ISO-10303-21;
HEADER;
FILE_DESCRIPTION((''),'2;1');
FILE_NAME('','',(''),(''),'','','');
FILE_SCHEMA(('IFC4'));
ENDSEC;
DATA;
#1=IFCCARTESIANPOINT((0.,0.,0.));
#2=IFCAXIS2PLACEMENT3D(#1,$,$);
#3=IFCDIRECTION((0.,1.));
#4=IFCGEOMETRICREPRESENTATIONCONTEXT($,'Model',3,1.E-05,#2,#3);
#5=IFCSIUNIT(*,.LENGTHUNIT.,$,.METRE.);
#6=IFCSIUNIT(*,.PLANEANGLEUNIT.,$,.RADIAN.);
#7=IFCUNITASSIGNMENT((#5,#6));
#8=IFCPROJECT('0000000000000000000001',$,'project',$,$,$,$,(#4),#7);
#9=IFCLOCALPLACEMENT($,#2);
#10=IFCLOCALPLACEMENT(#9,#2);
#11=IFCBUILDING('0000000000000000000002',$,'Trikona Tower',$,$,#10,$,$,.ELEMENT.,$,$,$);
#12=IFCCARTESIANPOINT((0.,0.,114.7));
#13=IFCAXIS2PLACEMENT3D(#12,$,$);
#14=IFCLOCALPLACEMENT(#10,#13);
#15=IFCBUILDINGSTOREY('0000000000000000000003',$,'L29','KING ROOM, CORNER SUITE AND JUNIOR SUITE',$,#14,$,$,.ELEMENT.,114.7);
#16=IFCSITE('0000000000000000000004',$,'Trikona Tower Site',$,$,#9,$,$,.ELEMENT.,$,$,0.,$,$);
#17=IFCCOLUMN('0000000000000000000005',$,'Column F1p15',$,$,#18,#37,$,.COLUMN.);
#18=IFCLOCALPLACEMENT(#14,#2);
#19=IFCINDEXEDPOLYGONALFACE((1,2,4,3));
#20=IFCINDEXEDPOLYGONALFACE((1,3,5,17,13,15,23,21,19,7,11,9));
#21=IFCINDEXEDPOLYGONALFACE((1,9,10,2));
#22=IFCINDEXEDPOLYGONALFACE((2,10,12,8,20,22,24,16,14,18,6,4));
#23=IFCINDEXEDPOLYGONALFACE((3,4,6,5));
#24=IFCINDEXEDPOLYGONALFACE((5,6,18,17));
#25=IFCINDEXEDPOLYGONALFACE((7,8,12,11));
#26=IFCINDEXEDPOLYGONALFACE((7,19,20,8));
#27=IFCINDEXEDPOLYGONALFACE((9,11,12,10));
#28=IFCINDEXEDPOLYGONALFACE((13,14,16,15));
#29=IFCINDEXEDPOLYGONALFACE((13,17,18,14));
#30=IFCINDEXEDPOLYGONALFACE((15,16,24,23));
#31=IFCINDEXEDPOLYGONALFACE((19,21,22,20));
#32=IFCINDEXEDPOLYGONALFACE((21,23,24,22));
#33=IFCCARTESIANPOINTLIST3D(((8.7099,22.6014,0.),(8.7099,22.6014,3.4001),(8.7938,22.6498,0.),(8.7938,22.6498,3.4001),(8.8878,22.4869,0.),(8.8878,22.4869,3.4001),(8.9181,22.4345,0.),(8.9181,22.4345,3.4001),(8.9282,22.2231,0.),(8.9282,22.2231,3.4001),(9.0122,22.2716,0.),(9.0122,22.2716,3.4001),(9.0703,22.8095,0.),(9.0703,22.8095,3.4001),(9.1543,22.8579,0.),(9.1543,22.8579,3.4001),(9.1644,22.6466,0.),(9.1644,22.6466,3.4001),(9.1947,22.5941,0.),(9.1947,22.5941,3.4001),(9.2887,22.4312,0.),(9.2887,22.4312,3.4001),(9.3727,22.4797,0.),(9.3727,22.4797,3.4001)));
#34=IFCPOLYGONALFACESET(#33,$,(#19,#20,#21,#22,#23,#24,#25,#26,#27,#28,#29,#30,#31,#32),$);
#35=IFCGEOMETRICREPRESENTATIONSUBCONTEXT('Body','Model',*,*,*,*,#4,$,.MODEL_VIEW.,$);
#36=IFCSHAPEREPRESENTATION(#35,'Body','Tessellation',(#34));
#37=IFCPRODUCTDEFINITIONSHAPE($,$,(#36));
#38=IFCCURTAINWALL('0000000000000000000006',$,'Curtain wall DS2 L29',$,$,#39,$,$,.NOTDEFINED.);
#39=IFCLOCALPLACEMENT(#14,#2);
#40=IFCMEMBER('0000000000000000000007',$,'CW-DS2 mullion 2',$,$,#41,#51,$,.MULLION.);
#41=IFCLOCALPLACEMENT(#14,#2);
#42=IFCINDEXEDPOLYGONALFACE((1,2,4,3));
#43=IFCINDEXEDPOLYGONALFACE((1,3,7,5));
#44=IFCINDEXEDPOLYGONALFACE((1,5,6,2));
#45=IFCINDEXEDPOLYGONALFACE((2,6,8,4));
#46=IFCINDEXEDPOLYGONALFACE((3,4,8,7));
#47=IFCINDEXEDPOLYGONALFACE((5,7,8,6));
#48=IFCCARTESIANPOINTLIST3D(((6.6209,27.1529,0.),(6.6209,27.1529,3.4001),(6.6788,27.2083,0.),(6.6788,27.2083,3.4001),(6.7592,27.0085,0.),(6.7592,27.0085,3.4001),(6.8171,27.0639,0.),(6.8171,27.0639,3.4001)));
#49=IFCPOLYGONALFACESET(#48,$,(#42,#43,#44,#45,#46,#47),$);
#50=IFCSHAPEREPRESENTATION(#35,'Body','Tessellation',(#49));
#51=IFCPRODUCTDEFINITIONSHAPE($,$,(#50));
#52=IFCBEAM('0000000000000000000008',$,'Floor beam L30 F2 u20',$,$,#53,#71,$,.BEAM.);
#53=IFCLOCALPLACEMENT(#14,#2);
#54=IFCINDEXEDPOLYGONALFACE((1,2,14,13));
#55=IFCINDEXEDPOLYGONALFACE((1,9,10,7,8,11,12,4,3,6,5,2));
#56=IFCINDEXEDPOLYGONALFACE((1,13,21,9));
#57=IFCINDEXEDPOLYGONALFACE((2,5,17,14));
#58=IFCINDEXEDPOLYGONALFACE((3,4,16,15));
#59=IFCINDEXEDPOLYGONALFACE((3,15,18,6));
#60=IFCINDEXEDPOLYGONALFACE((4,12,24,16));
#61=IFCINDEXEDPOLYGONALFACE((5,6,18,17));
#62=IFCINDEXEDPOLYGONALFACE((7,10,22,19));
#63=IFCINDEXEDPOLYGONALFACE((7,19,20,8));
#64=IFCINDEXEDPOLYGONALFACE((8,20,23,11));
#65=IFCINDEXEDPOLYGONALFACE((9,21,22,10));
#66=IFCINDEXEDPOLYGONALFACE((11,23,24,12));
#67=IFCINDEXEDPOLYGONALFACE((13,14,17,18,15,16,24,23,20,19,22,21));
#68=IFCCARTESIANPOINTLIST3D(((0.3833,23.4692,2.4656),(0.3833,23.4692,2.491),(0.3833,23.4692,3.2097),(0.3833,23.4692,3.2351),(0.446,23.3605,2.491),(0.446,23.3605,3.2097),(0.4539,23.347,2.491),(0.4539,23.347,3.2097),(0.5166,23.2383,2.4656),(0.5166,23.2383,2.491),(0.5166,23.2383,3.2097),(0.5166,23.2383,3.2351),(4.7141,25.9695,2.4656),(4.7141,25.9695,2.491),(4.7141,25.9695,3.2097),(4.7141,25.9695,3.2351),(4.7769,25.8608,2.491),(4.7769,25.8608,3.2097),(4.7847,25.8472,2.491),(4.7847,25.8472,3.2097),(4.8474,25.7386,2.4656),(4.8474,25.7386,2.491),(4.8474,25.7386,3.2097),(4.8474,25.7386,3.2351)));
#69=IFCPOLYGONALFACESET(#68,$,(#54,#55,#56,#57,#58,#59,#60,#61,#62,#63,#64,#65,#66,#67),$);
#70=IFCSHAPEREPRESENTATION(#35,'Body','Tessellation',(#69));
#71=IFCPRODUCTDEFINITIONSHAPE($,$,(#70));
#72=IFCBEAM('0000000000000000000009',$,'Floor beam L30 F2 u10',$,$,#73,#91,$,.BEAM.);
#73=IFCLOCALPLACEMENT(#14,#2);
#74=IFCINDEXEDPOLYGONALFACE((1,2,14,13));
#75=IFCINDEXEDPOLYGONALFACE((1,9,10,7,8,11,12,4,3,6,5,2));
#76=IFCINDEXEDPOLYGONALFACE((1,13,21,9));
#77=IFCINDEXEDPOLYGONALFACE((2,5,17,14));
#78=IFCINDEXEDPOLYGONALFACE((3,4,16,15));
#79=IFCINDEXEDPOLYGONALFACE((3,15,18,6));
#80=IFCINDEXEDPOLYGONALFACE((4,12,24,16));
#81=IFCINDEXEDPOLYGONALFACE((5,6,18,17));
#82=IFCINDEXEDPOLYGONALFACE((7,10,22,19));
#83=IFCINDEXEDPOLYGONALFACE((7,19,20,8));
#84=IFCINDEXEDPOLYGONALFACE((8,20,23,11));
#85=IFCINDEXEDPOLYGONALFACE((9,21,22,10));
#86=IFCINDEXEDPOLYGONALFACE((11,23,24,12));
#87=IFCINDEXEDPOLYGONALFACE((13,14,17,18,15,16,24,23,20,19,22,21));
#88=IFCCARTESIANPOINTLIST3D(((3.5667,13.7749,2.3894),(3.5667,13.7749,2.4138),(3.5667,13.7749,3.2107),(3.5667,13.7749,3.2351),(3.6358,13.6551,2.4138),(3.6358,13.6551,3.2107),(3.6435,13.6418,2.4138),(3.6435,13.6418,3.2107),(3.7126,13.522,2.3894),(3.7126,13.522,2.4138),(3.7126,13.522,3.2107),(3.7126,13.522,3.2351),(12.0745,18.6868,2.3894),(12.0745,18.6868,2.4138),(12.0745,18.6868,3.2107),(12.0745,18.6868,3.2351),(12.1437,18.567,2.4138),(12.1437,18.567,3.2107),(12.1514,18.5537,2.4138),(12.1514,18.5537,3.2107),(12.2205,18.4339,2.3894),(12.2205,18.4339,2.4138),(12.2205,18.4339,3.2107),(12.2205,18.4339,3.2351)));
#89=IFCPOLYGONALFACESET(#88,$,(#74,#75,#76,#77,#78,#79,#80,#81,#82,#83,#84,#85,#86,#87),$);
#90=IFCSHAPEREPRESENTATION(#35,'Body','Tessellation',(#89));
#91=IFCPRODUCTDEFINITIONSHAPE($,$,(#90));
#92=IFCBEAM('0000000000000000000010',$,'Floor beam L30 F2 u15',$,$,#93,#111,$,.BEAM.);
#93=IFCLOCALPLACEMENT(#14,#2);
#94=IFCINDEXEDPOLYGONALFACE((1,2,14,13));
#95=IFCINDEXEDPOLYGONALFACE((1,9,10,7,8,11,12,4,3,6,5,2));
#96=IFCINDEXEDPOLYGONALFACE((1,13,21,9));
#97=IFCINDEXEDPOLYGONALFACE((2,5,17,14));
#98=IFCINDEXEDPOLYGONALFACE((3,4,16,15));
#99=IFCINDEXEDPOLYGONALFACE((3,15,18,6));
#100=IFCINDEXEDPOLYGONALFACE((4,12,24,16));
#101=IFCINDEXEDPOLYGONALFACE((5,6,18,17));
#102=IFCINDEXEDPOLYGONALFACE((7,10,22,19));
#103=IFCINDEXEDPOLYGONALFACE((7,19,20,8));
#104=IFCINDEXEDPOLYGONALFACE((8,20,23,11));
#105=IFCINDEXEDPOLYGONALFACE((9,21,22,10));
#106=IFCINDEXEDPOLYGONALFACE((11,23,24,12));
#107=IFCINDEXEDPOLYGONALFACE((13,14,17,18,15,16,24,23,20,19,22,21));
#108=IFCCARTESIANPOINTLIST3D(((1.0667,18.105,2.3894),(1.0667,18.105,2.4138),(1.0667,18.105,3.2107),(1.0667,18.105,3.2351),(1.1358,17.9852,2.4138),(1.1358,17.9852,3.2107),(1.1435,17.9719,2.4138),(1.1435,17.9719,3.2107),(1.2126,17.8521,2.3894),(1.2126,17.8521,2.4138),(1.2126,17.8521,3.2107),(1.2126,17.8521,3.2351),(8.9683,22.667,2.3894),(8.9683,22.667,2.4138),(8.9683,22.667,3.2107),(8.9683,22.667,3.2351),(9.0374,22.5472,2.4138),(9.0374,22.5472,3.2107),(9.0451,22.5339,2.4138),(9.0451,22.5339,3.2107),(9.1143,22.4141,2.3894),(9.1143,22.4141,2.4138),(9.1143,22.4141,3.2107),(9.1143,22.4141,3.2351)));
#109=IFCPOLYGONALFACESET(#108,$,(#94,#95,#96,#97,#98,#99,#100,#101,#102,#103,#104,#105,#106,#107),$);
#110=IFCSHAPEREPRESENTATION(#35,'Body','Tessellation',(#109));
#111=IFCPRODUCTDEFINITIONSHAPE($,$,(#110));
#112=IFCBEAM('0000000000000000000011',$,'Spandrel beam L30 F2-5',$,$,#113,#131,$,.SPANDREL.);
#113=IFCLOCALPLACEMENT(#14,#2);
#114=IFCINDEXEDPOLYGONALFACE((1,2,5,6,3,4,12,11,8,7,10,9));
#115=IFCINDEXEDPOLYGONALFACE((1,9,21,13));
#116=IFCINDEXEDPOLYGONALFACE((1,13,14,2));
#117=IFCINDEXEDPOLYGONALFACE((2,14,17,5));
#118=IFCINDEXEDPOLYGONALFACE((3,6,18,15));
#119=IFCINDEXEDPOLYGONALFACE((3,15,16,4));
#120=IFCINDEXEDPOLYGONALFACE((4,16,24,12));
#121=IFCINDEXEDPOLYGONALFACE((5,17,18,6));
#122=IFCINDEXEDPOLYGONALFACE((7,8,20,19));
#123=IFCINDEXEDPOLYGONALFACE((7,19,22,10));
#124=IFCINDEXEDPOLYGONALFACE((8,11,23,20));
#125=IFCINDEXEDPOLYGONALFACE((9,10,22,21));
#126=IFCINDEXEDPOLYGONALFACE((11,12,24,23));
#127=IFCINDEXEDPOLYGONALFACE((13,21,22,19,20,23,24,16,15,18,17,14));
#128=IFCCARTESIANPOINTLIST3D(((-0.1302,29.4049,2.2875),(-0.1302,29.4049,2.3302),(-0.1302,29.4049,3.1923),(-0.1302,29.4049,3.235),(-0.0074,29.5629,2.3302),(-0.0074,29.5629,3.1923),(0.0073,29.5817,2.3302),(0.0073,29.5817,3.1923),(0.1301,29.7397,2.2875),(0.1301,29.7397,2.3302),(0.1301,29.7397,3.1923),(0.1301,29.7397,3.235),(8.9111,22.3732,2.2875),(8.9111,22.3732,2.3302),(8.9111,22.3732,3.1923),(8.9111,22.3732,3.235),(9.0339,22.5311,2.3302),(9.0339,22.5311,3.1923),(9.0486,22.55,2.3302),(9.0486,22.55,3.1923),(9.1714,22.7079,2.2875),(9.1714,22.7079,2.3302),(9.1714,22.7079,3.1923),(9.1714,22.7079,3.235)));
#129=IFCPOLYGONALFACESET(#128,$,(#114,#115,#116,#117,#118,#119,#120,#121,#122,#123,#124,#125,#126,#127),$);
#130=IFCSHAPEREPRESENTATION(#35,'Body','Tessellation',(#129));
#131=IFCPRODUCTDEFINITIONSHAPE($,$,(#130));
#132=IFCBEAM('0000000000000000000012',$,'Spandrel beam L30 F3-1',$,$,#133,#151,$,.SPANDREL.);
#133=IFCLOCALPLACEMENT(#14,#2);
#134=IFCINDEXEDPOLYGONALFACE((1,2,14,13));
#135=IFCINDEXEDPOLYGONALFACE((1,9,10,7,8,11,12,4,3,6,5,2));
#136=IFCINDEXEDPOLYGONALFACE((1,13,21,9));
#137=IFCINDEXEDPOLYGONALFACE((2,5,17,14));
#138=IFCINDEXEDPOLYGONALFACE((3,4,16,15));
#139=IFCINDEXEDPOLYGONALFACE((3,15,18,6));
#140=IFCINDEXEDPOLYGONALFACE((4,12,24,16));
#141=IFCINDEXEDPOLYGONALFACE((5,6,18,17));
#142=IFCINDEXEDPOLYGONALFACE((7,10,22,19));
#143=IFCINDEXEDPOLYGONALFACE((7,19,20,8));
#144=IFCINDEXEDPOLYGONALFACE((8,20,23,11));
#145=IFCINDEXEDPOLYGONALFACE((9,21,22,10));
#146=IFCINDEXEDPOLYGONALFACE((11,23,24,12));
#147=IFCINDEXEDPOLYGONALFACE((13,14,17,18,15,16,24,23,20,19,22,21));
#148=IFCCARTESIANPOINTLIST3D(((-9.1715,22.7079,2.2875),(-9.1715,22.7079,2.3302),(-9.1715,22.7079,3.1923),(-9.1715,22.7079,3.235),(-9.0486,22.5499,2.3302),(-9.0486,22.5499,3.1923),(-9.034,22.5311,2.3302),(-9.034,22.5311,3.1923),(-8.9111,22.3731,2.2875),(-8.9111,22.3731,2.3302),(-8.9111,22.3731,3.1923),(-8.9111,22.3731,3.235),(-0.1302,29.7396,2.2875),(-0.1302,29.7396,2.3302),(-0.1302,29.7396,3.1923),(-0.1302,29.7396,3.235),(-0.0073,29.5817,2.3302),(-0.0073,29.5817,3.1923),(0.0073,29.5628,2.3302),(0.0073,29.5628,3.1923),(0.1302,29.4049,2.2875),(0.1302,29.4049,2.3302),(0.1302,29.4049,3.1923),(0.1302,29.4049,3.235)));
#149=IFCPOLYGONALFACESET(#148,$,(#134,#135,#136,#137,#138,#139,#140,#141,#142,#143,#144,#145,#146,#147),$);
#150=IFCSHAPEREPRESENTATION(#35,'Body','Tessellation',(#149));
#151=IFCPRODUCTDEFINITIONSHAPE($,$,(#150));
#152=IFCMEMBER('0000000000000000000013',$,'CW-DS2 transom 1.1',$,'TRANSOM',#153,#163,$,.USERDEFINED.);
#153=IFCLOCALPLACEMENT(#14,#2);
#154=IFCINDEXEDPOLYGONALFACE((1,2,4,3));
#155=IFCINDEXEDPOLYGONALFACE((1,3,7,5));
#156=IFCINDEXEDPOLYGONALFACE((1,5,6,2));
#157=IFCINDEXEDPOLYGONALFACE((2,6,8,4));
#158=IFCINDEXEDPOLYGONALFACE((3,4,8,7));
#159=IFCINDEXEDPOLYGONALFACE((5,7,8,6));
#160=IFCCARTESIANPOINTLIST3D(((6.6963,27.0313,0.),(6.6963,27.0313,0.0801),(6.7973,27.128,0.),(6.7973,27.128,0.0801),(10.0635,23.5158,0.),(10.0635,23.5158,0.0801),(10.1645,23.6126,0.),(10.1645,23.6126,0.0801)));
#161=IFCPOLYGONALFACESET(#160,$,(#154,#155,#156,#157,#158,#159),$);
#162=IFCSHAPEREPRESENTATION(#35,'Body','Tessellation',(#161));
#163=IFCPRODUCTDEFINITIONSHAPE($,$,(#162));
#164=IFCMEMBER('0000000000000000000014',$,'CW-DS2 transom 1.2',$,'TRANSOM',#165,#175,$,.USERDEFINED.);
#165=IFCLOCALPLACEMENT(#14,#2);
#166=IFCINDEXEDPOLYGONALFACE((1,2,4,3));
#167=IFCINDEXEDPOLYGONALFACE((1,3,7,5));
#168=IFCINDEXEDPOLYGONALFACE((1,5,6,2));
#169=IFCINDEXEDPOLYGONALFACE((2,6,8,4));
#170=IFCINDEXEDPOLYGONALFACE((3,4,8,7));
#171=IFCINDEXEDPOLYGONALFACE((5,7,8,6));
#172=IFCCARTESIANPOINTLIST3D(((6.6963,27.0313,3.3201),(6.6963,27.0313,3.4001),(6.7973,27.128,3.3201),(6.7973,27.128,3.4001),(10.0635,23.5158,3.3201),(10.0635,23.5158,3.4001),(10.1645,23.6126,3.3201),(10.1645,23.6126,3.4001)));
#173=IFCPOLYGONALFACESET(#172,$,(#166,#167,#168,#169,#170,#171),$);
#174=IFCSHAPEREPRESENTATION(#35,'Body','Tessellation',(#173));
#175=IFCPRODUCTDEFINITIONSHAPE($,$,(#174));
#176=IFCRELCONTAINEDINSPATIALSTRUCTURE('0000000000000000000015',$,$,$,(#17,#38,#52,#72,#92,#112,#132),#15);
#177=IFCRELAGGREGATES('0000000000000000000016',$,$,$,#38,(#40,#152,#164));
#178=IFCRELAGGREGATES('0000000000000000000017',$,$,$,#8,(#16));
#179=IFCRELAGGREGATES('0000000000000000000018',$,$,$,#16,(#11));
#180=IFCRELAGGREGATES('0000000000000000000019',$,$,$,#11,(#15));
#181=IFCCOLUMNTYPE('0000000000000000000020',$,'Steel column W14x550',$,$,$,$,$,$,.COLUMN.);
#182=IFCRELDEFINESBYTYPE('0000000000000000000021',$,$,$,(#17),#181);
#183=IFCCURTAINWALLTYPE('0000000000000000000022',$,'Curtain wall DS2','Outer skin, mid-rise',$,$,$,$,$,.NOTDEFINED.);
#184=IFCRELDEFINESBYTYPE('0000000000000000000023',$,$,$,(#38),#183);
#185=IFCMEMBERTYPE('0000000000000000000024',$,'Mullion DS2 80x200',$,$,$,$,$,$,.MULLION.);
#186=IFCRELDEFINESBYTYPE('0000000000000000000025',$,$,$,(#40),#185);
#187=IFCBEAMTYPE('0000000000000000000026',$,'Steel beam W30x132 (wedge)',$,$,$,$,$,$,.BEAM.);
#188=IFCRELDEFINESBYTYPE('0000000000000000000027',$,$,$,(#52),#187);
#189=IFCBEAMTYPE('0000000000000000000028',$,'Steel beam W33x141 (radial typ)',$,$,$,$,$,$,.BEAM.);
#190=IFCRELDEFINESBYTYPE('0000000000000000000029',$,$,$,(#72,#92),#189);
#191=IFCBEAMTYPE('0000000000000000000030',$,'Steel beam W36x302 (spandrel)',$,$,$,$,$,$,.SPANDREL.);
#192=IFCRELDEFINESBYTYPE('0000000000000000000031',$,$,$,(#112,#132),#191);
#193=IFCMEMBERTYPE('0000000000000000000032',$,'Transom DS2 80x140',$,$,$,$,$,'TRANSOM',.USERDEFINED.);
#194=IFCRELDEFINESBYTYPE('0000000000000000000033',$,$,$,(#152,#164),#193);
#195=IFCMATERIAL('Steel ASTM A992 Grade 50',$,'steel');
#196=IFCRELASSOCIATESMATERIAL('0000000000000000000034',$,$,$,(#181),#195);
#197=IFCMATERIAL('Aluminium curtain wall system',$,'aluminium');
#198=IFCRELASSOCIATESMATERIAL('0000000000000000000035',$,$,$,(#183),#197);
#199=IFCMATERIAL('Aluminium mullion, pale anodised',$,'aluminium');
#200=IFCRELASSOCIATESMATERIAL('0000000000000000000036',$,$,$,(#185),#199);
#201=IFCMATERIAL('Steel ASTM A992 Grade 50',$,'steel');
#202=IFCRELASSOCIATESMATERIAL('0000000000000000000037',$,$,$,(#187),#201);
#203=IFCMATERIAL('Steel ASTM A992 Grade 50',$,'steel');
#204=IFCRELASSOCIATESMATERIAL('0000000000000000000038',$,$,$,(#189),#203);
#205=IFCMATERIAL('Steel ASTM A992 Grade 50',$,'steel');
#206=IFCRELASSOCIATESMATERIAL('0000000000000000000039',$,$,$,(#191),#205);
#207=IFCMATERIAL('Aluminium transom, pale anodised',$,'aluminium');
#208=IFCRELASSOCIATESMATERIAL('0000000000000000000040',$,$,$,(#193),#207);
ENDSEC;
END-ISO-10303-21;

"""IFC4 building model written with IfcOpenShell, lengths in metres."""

from ifc_helpers import new_model, si_unit, direction, frame, origin, origin_2d, place, context, subcontext, project, spatial, rectangle, i_section, extrude, material, material_profile, profile_set, type_object, element, aggregate, save


model = new_model("IFC4")

# Units and contexts
model_context = context("Model", 3, precision=1e-05, world=origin(), true_north=direction((0.0, 1.0)))
body_context = subcontext(model_context, "Body", "Model", "MODEL_VIEW")
ifc_project = project(units=[si_unit("LENGTHUNIT", "METRE"), si_unit("PLANEANGLEUNIT", "RADIAN")], contexts=[model_context])

# Site, building, storey
site_placement = place(None, origin())
site = spatial("IfcSite", under=ifc_project, at=site_placement, Name="Trikona Tower Site", CompositionType="ELEMENT", RefElevation=0.0)
building_placement = place(site_placement, origin())
building = spatial("IfcBuilding", under=site, at=building_placement, Name="Trikona Tower", CompositionType="ELEMENT")
storey_placement = place(building_placement, frame((0.0, 0.0, 114.7)))
storey = spatial("IfcBuildingStorey", under=building, at=storey_placement, Name="L29", Description="KING ROOM, CORNER SUITE AND JUNIOR SUITE", CompositionType="ELEMENT", Elevation=114.7)

# Column
ifc_material_1 = material(Name="Steel ASTM A992 Grade 50", Category="steel")
ifc_material_profile_1 = material_profile(ifc_material_1, i_section(OverallWidth=0.4368, OverallDepth=0.5132, WebThickness=0.0605, FlangeThickness=0.0969, at=origin_2d()), Name="W14X550")
ifc_profile_set_1 = profile_set([ifc_material_profile_1], Name="Steel ASTM A992 Grade 50")
column_type = type_object("IfcColumnType", Name="Steel column W14x550", PredefinedType="COLUMN", material=ifc_profile_set_1)
column_placement = place(storey_placement, frame((9.0413, 22.5405, 0.0), z_axis=(0.0, 0.0, 1.0), x_axis=(-0.5, 0.866025, 0.0)))
element("IfcColumn", 1, at=column_placement, inside=storey, type_object=column_type, Name="Column F1p15", PredefinedType="COLUMN", context=body_context, shape_type="SweptSolid", body=[
    extrude(i_section(OverallWidth=0.4368, OverallDepth=0.5132, WebThickness=0.0605, FlangeThickness=0.0969, at=origin_2d()), origin(), (0.0, 0.0, 1.0), 3.4001),
])

# Curtain wall, member
ifc_material_2 = material(Name="Aluminium curtain wall system", Category="aluminium")
curtain_wall_type = type_object("IfcCurtainWallType", Name="Curtain wall DS2", Description="Outer skin, mid-rise", PredefinedType="NOTDEFINED", material=ifc_material_2)
curtain_wall_placement = place(storey_placement, origin())
curtain_wall = element("IfcCurtainWall", 2, at=curtain_wall_placement, inside=storey, type_object=curtain_wall_type, Name="Curtain wall DS2 L29", PredefinedType="NOTDEFINED")
ifc_material_3 = material(Name="Aluminium mullion, pale anodised", Category="aluminium")
ifc_material_profile_2 = material_profile(ifc_material_3, rectangle(XDim=0.0801, YDim=0.2, at=origin_2d()), Name="MUL-DS2")
ifc_profile_set_2 = profile_set([ifc_material_profile_2], Name="Aluminium mullion, pale anodised")
member_type_1 = type_object("IfcMemberType", Name="Mullion DS2 80x200", PredefinedType="MULLION", material=ifc_profile_set_2)
member_1_placement = place(storey_placement, frame((6.719, 27.1084, 0.0), z_axis=(0.0, 0.0, 1.0), x_axis=(-0.722158, -0.691728, 0.0)))
member_1 = element("IfcMember", 3, at=member_1_placement, type_object=member_type_1, Name="CW-DS2 mullion 2", PredefinedType="MULLION", context=body_context, shape_type="SweptSolid", body=[
    extrude(rectangle(XDim=0.0801, YDim=0.2, at=origin_2d()), origin(), (0.0, 0.0, 1.0), 3.4001),
])

# Beams
ifc_material_4 = material(Name="Steel ASTM A992 Grade 50", Category="steel")
ifc_material_profile_3 = material_profile(ifc_material_4, i_section(OverallWidth=0.2666, OverallDepth=0.7695, WebThickness=0.0156, FlangeThickness=0.0254, at=origin_2d()), Name="W30X132")
ifc_profile_set_3 = profile_set([ifc_material_profile_3], Name="Steel ASTM A992 Grade 50")
beam_type_1 = type_object("IfcBeamType", Name="Steel beam W30x132 (wedge)", PredefinedType="BEAM", material=ifc_profile_set_3)
beam_1_placement = place(storey_placement, frame((0.45, 23.3538, 2.8503), z_axis=(0.866038, 0.499977, 0.0), x_axis=(-0.499977, 0.866038, 0.0)))
element("IfcBeam", 4, at=beam_1_placement, inside=storey, type_object=beam_type_1, Name="Floor beam L30 F2 u20", PredefinedType="BEAM", context=body_context, shape_type="SweptSolid", body=[
    extrude(i_section(OverallWidth=0.2666, OverallDepth=0.7695, WebThickness=0.0156, FlangeThickness=0.0254, at=origin_2d()), origin(), (0.0, 0.0, 1.0), 5.0007),
])
ifc_material_5 = material(Name="Steel ASTM A992 Grade 50", Category="steel")
ifc_material_profile_4 = material_profile(ifc_material_5, i_section(OverallWidth=0.292, OverallDepth=0.8457, WebThickness=0.0154, FlangeThickness=0.0244, at=origin_2d()), Name="W33X141")
ifc_profile_set_4 = profile_set([ifc_material_profile_4], Name="Steel ASTM A992 Grade 50")
beam_type_2 = type_object("IfcBeamType", Name="Steel beam W33x141 (radial typ)", PredefinedType="BEAM", material=ifc_profile_set_4)
beam_2_placement = place(storey_placement, frame((3.6396, 13.6484, 2.8123), z_axis=(0.866031, 0.499991, 0.0), x_axis=(-0.499991, 0.866031, 0.0)))
element("IfcBeam", 5, at=beam_2_placement, inside=storey, type_object=beam_type_2, Name="Floor beam L30 F2 u10", PredefinedType="BEAM", context=body_context, shape_type="SweptSolid", body=[
    extrude(i_section(OverallWidth=0.292, OverallDepth=0.8457, WebThickness=0.0154, FlangeThickness=0.0244, at=origin_2d()), origin(), (0.0, 0.0, 1.0), 9.824),
])
beam_3_placement = place(storey_placement, frame((1.1396, 17.9785, 2.8123), z_axis=(0.866025, 0.500001, 0.0), x_axis=(-0.500001, 0.866025, 0.0)))
element("IfcBeam", 6, at=beam_3_placement, inside=storey, type_object=beam_type_2, Name="Floor beam L30 F2 u15", PredefinedType="BEAM", context=body_context, shape_type="SweptSolid", body=[
    extrude(i_section(OverallWidth=0.292, OverallDepth=0.8457, WebThickness=0.0154, FlangeThickness=0.0244, at=origin_2d()), origin(), (0.0, 0.0, 1.0), 9.124),
])
ifc_material_6 = material(Name="Steel ASTM A992 Grade 50", Category="steel")
ifc_material_profile_5 = material_profile(ifc_material_6, i_section(OverallWidth=0.4241, OverallDepth=0.9475, WebThickness=0.0239, FlangeThickness=0.0427, at=origin_2d()), Name="W36X302")
ifc_profile_set_5 = profile_set([ifc_material_profile_5], Name="Steel ASTM A992 Grade 50")
beam_type_3 = type_object("IfcBeamType", Name="Steel beam W36x302 (spandrel)", PredefinedType="SPANDREL", material=ifc_profile_set_5)
for number, where, z_axis, x_axis, name in (
    (7, (9.0413, 22.5405, 2.7612), (-0.789367, 0.613921, 0.0), (-0.613921, -0.789367, 0.0), "Spandrel beam L30 F2-5"),
    (8, (0.0, 29.5723, 2.7612), (-0.789367, -0.613921, 0.0), (0.613921, -0.789367, 0.0), "Spandrel beam L30 F3-1"),
):
    element("IfcBeam", number, at=place(storey_placement, frame(where, z_axis=z_axis, x_axis=x_axis)), inside=storey, type_object=beam_type_3, Name=name, PredefinedType="SPANDREL", context=body_context, shape_type="SweptSolid", body=[
        extrude(i_section(OverallWidth=0.4241, OverallDepth=0.9475, WebThickness=0.0239, FlangeThickness=0.0427, at=origin_2d()), origin(), (0.0, 0.0, 1.0), 11.4539),
    ])

# Members
ifc_material_7 = material(Name="Aluminium transom, pale anodised", Category="aluminium")
ifc_material_profile_6 = material_profile(ifc_material_7, rectangle(XDim=0.1399, YDim=0.0801, at=origin_2d()), Name="TRN-DS2")
ifc_profile_set_6 = profile_set([ifc_material_profile_6], Name="Aluminium transom, pale anodised")
member_type_2 = type_object("IfcMemberType", Name="Transom DS2 80x140", ElementType="TRANSOM", PredefinedType="USERDEFINED", material=ifc_profile_set_6)
member_2_placement = place(storey_placement, frame((10.114, 23.5642, 0.04), z_axis=(-0.691721, 0.722165, 0.0), x_axis=(-0.722165, -0.691721, 0.0)))
member_2 = element("IfcMember", 9, at=member_2_placement, type_object=member_type_2, Name="CW-DS2 transom 1.1", ObjectType="TRANSOM", PredefinedType="USERDEFINED", context=body_context, shape_type="SweptSolid", body=[
    extrude(rectangle(XDim=0.1399, YDim=0.0801, at=origin_2d()), origin(), (0.0, 0.0, 1.0), 4.8679),
])
member_3_placement = place(storey_placement, frame((10.114, 23.5642, 3.3601), z_axis=(-0.691721, 0.722165, 0.0), x_axis=(-0.722165, -0.691721, 0.0)))
member_3 = element("IfcMember", 10, at=member_3_placement, type_object=member_type_2, Name="CW-DS2 transom 1.2", ObjectType="TRANSOM", PredefinedType="USERDEFINED", context=body_context, shape_type="SweptSolid", body=[
    extrude(rectangle(XDim=0.1399, YDim=0.0801, at=origin_2d()), origin(), (0.0, 0.0, 1.0), 4.8679),
])

aggregate(curtain_wall, [member_1, member_2, member_3])

save(model, "model.ifc")
